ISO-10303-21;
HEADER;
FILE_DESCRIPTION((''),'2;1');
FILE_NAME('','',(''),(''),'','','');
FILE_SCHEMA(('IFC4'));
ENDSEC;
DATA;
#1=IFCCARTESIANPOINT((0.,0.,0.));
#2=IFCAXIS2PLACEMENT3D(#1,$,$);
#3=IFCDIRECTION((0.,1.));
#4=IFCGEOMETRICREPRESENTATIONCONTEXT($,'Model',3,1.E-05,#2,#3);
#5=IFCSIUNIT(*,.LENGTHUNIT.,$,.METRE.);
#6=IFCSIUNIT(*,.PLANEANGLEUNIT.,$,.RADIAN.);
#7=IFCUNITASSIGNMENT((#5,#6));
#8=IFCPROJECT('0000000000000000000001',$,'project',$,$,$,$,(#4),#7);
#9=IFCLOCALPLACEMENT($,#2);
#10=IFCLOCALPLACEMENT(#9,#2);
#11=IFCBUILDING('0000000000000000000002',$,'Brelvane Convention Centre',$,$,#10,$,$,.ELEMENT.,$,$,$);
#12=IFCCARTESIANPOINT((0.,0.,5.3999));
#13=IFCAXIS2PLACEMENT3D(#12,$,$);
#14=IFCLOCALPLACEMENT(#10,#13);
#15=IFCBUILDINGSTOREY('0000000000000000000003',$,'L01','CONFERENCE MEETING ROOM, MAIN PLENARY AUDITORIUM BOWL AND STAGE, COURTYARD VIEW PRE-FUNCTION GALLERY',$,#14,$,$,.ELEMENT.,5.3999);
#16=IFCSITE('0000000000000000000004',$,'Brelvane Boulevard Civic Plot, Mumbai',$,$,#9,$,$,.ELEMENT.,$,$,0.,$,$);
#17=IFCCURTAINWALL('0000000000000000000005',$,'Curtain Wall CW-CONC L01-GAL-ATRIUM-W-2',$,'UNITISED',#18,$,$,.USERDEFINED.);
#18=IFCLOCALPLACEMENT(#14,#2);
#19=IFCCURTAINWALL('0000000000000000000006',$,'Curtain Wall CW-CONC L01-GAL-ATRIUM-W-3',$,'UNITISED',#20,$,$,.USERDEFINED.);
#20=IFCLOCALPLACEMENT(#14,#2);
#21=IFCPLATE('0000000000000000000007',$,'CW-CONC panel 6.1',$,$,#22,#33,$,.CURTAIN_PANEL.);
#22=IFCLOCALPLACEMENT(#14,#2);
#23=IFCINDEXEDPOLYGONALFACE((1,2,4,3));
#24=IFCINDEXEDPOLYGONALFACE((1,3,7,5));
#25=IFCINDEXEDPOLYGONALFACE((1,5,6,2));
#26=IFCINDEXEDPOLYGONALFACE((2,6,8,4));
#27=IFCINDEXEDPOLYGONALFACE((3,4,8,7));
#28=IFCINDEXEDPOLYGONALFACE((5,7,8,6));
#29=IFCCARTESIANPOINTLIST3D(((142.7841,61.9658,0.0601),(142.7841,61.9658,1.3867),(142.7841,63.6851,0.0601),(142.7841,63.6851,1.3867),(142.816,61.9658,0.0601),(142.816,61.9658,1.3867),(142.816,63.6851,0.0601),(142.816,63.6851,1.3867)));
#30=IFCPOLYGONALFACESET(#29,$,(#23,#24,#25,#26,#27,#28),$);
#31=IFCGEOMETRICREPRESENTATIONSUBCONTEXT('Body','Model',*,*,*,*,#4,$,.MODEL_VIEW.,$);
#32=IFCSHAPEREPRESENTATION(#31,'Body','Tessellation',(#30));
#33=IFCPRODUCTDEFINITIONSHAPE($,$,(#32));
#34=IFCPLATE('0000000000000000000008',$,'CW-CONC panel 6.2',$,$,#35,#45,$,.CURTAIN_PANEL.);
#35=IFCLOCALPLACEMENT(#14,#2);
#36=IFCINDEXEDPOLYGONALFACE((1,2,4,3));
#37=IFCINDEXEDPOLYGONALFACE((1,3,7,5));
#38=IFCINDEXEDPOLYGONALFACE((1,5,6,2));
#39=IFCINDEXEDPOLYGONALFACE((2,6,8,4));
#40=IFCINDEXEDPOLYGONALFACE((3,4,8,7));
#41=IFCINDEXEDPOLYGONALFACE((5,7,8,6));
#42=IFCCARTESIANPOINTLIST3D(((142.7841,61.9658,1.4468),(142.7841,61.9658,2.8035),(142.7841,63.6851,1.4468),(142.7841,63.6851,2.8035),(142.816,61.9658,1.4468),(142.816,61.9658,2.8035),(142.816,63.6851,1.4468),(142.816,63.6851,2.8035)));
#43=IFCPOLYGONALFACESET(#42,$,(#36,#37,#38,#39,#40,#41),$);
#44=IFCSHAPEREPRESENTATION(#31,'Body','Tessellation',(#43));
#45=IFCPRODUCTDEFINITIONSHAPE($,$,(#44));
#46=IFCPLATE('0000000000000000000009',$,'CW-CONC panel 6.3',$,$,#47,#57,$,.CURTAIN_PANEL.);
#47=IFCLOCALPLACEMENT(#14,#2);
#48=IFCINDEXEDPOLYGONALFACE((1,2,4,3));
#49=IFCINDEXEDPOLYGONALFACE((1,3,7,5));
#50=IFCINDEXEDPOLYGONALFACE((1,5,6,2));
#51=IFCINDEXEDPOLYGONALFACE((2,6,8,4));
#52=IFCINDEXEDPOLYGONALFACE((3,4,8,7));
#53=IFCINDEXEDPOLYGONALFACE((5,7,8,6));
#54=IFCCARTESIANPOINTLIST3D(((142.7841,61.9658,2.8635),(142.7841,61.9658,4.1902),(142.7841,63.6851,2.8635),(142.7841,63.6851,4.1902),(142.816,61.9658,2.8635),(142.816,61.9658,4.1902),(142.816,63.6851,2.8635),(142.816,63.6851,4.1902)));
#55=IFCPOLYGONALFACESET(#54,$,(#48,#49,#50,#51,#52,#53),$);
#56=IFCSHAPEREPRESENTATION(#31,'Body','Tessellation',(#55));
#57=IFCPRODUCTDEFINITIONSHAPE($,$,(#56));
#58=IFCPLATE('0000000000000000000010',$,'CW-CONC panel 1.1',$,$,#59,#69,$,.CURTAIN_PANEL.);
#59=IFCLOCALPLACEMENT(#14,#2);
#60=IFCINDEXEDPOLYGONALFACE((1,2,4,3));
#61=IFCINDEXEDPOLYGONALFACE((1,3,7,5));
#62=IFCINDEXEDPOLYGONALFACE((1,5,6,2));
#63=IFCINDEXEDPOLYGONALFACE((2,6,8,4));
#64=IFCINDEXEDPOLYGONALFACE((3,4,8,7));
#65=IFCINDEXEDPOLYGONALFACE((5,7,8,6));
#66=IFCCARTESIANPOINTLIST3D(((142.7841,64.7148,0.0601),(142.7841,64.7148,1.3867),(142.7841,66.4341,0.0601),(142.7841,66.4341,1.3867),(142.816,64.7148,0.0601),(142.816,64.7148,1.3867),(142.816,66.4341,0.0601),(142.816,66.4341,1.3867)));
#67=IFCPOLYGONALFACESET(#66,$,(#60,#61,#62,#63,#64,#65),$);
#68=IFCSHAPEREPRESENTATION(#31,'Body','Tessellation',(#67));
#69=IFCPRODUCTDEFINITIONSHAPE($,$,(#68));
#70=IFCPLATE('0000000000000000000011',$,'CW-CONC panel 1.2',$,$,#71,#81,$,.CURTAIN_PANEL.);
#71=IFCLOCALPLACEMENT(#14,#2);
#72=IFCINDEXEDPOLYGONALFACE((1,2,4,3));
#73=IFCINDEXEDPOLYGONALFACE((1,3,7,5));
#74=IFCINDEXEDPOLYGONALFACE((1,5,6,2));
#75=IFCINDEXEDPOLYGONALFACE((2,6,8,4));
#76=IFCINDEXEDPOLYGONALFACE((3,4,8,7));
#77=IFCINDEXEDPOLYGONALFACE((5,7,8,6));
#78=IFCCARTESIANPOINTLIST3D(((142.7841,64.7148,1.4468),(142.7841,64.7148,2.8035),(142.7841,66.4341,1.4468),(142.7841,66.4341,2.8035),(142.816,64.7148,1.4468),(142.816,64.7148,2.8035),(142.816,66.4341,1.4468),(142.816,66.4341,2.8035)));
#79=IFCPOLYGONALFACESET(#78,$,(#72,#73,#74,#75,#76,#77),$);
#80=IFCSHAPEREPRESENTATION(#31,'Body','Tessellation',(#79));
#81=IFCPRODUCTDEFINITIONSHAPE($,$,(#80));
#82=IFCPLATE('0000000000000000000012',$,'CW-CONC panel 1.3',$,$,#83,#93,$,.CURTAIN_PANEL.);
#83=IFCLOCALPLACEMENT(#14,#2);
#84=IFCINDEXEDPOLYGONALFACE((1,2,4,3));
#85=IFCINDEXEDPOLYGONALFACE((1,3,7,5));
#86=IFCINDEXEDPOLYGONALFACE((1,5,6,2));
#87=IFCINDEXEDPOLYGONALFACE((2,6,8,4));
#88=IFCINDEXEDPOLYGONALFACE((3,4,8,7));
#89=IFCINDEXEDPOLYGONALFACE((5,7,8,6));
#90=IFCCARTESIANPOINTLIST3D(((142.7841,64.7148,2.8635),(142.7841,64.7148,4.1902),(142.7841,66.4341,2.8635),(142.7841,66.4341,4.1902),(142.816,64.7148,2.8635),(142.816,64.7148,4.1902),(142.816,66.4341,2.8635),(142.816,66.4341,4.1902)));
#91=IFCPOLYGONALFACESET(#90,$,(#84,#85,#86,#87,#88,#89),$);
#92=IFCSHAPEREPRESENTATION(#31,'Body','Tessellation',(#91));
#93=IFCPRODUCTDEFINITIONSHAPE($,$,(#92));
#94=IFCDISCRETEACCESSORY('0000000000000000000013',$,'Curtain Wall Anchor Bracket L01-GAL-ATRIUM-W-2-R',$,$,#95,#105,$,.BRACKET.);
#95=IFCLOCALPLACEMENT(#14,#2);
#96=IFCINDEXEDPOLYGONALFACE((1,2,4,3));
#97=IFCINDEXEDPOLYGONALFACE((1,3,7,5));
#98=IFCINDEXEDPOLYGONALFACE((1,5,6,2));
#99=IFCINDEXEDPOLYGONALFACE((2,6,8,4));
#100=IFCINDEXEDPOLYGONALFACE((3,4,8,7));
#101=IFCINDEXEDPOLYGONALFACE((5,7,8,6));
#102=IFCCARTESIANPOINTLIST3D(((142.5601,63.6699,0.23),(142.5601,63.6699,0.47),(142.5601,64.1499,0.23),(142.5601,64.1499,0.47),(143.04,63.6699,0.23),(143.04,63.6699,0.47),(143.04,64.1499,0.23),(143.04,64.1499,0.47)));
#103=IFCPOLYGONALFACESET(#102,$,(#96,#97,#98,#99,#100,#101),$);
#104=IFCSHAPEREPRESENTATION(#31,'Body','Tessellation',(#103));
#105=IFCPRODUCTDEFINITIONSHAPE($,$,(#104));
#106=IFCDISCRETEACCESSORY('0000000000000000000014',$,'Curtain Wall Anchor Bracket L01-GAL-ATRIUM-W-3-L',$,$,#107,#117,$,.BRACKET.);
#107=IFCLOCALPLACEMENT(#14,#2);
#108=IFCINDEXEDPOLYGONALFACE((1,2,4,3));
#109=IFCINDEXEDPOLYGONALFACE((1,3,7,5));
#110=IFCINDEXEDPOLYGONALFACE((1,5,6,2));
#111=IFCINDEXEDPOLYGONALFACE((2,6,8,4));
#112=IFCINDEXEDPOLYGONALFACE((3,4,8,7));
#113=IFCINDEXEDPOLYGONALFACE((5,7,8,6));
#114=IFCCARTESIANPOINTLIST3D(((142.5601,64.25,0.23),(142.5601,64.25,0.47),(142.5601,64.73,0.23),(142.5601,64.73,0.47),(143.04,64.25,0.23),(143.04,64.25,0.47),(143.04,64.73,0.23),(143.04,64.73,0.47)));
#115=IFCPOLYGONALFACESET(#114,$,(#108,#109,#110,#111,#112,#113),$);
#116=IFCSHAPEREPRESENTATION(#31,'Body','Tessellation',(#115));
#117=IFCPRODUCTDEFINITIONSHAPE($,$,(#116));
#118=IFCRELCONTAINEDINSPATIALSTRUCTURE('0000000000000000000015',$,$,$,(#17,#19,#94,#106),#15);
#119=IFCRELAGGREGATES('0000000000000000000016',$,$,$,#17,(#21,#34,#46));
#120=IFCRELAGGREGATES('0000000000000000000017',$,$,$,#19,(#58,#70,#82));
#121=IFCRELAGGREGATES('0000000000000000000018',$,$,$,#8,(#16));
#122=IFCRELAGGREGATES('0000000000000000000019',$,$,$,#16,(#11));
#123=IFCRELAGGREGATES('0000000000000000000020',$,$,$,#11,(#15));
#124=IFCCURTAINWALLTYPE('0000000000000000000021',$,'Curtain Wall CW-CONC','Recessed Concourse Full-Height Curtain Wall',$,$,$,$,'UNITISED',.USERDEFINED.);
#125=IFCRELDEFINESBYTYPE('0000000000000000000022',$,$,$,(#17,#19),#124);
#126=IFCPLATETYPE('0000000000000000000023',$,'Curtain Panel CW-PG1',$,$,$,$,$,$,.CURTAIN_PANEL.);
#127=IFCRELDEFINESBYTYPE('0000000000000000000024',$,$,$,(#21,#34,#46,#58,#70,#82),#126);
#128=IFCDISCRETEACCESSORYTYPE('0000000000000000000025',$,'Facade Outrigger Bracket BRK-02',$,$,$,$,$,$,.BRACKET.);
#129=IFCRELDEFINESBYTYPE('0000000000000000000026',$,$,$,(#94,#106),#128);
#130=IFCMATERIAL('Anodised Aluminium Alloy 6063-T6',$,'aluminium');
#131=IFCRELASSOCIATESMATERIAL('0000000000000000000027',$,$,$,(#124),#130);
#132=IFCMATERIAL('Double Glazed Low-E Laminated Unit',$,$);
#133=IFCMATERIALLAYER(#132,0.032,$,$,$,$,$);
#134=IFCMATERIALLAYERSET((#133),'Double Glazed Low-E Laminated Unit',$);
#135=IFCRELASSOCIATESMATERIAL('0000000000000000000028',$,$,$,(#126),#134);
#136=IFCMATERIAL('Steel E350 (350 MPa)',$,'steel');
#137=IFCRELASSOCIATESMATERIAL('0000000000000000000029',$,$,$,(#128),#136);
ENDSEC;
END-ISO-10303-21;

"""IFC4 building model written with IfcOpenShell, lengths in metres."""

from ifc_helpers import new_model, si_unit, direction, frame, origin, origin_2d, place, context, subcontext, project, spatial, rectangle, extrude, material, layer, layer_set, type_object, element, aggregate, save


model = new_model("IFC4")

# Units and contexts
model_context = context("Model", 3, precision=1e-05, world=origin(), true_north=direction((0.0, 1.0)))
body_context = subcontext(model_context, "Body", "Model", "MODEL_VIEW")
ifc_project = project(units=[si_unit("LENGTHUNIT", "METRE"), si_unit("PLANEANGLEUNIT", "RADIAN")], contexts=[model_context])

# Site, building, storey
site_placement = place(None, origin())
site = spatial("IfcSite", under=ifc_project, at=site_placement, Name="Brelvane Boulevard Civic Plot, Mumbai", CompositionType="ELEMENT", RefElevation=0.0)
building_placement = place(site_placement, origin())
building = spatial("IfcBuilding", under=site, at=building_placement, Name="Brelvane Convention Centre", CompositionType="ELEMENT")
storey_placement = place(building_placement, frame((0.0, 0.0, 5.3999)))
storey = spatial("IfcBuildingStorey", under=building, at=storey_placement, Name="L01", Description="CONFERENCE MEETING ROOM, MAIN PLENARY AUDITORIUM BOWL AND STAGE, COURTYARD VIEW PRE-FUNCTION GALLERY", CompositionType="ELEMENT", Elevation=5.3999)

# Curtain wall
ifc_material_1 = material(Name="Anodised Aluminium Alloy 6063-T6", Category="aluminium")
curtain_wall_type = type_object("IfcCurtainWallType", Name="Curtain Wall CW-CONC", Description="Recessed Concourse Full-Height Curtain Wall", ElementType="UNITISED", PredefinedType="USERDEFINED", material=ifc_material_1)
curtain_wall_1_placement = place(storey_placement, origin())
curtain_wall_1 = element("IfcCurtainWall", 1, at=curtain_wall_1_placement, inside=storey, type_object=curtain_wall_type, Name="Curtain Wall CW-CONC L01-GAL-ATRIUM-W-2", ObjectType="UNITISED", PredefinedType="USERDEFINED")

# Curtain wall
curtain_wall_2_placement = place(storey_placement, origin())
curtain_wall_2 = element("IfcCurtainWall", 2, at=curtain_wall_2_placement, inside=storey, type_object=curtain_wall_type, Name="Curtain Wall CW-CONC L01-GAL-ATRIUM-W-3", ObjectType="UNITISED", PredefinedType="USERDEFINED")

# Plates
ifc_material_2 = material(Name="Double Glazed Low-E Laminated Unit")
ifc_layer = layer(ifc_material_2, 0.032)
ifc_layer_set = layer_set([ifc_layer], Name="Double Glazed Low-E Laminated Unit")
plate_type = type_object("IfcPlateType", Name="Curtain Panel CW-PG1", PredefinedType="CURTAIN_PANEL", material=ifc_layer_set)
plate_1_placement = place(storey_placement, frame((142.8, 62.8254, 0.0601), z_axis=(0.0, 0.0, 1.0), x_axis=(0.0, 1.0, 0.0)))
plate_1 = element("IfcPlate", 3, at=plate_1_placement, type_object=plate_type, Name="CW-CONC panel 6.1", PredefinedType="CURTAIN_PANEL", context=body_context, shape_type="SweptSolid", body=[
    extrude(rectangle(XDim=1.7192, YDim=0.032, at=origin_2d()), origin(), (0.0, 0.0, 1.0), 1.3267),
])
plate_2_placement = place(storey_placement, frame((142.8, 62.8254, 1.4468), z_axis=(0.0, 0.0, 1.0), x_axis=(0.0, 1.0, 0.0)))
plate_2 = element("IfcPlate", 4, at=plate_2_placement, type_object=plate_type, Name="CW-CONC panel 6.2", PredefinedType="CURTAIN_PANEL", context=body_context, shape_type="SweptSolid", body=[
    extrude(rectangle(XDim=1.7192, YDim=0.032, at=origin_2d()), origin(), (0.0, 0.0, 1.0), 1.3567),
])
plate_3_placement = place(storey_placement, frame((142.8, 62.8254, 2.8635), z_axis=(0.0, 0.0, 1.0), x_axis=(0.0, 1.0, 0.0)))
plate_3 = element("IfcPlate", 5, at=plate_3_placement, type_object=plate_type, Name="CW-CONC panel 6.3", PredefinedType="CURTAIN_PANEL", context=body_context, shape_type="SweptSolid", body=[
    extrude(rectangle(XDim=1.7192, YDim=0.032, at=origin_2d()), origin(), (0.0, 0.0, 1.0), 1.3267),
])
aggregate(curtain_wall_1, [plate_1, plate_2, plate_3])
plate_4_placement = place(storey_placement, frame((142.8, 65.5745, 0.0601), z_axis=(0.0, 0.0, 1.0), x_axis=(0.0, 1.0, 0.0)))
plate_4 = element("IfcPlate", 6, at=plate_4_placement, type_object=plate_type, Name="CW-CONC panel 1.1", PredefinedType="CURTAIN_PANEL", context=body_context, shape_type="SweptSolid", body=[
    extrude(rectangle(XDim=1.7192, YDim=0.032, at=origin_2d()), origin(), (0.0, 0.0, 1.0), 1.3267),
])
plate_5_placement = place(storey_placement, frame((142.8, 65.5745, 1.4468), z_axis=(0.0, 0.0, 1.0), x_axis=(0.0, 1.0, 0.0)))
plate_5 = element("IfcPlate", 7, at=plate_5_placement, type_object=plate_type, Name="CW-CONC panel 1.2", PredefinedType="CURTAIN_PANEL", context=body_context, shape_type="SweptSolid", body=[
    extrude(rectangle(XDim=1.7192, YDim=0.032, at=origin_2d()), origin(), (0.0, 0.0, 1.0), 1.3567),
])
plate_6_placement = place(storey_placement, frame((142.8, 65.5745, 2.8635), z_axis=(0.0, 0.0, 1.0), x_axis=(0.0, 1.0, 0.0)))
plate_6 = element("IfcPlate", 8, at=plate_6_placement, type_object=plate_type, Name="CW-CONC panel 1.3", PredefinedType="CURTAIN_PANEL", context=body_context, shape_type="SweptSolid", body=[
    extrude(rectangle(XDim=1.7192, YDim=0.032, at=origin_2d()), origin(), (0.0, 0.0, 1.0), 1.3267),
])
aggregate(curtain_wall_2, [plate_4, plate_5, plate_6])

# Discrete accessories
ifc_material_3 = material(Name="Steel E350 (350 MPa)", Category="steel")
discrete_accessory_type = type_object("IfcDiscreteAccessoryType", Name="Facade Outrigger Bracket BRK-02", PredefinedType="BRACKET", material=ifc_material_3)
for number, where, z_axis, x_axis, name in (
    (9, (142.8, 63.9099, 0.23), (0.0, 0.0, 1.0), (1.0, 0.0, 0.0), "Curtain Wall Anchor Bracket L01-GAL-ATRIUM-W-2-R"),
    (10, (142.8, 64.49, 0.23), (0.0, 0.0, 1.0), (1.0, 0.0, 0.0), "Curtain Wall Anchor Bracket L01-GAL-ATRIUM-W-3-L"),
):
    element("IfcDiscreteAccessory", number, at=place(storey_placement, frame(where, z_axis=z_axis, x_axis=x_axis)), inside=storey, type_object=discrete_accessory_type, Name=name, PredefinedType="BRACKET", context=body_context, shape_type="SweptSolid", body=[
        extrude(rectangle(XDim=0.48, YDim=0.48, at=origin_2d()), origin(), (0.0, 0.0, 1.0), 0.24),
    ])

save(model, "model.ifc")
